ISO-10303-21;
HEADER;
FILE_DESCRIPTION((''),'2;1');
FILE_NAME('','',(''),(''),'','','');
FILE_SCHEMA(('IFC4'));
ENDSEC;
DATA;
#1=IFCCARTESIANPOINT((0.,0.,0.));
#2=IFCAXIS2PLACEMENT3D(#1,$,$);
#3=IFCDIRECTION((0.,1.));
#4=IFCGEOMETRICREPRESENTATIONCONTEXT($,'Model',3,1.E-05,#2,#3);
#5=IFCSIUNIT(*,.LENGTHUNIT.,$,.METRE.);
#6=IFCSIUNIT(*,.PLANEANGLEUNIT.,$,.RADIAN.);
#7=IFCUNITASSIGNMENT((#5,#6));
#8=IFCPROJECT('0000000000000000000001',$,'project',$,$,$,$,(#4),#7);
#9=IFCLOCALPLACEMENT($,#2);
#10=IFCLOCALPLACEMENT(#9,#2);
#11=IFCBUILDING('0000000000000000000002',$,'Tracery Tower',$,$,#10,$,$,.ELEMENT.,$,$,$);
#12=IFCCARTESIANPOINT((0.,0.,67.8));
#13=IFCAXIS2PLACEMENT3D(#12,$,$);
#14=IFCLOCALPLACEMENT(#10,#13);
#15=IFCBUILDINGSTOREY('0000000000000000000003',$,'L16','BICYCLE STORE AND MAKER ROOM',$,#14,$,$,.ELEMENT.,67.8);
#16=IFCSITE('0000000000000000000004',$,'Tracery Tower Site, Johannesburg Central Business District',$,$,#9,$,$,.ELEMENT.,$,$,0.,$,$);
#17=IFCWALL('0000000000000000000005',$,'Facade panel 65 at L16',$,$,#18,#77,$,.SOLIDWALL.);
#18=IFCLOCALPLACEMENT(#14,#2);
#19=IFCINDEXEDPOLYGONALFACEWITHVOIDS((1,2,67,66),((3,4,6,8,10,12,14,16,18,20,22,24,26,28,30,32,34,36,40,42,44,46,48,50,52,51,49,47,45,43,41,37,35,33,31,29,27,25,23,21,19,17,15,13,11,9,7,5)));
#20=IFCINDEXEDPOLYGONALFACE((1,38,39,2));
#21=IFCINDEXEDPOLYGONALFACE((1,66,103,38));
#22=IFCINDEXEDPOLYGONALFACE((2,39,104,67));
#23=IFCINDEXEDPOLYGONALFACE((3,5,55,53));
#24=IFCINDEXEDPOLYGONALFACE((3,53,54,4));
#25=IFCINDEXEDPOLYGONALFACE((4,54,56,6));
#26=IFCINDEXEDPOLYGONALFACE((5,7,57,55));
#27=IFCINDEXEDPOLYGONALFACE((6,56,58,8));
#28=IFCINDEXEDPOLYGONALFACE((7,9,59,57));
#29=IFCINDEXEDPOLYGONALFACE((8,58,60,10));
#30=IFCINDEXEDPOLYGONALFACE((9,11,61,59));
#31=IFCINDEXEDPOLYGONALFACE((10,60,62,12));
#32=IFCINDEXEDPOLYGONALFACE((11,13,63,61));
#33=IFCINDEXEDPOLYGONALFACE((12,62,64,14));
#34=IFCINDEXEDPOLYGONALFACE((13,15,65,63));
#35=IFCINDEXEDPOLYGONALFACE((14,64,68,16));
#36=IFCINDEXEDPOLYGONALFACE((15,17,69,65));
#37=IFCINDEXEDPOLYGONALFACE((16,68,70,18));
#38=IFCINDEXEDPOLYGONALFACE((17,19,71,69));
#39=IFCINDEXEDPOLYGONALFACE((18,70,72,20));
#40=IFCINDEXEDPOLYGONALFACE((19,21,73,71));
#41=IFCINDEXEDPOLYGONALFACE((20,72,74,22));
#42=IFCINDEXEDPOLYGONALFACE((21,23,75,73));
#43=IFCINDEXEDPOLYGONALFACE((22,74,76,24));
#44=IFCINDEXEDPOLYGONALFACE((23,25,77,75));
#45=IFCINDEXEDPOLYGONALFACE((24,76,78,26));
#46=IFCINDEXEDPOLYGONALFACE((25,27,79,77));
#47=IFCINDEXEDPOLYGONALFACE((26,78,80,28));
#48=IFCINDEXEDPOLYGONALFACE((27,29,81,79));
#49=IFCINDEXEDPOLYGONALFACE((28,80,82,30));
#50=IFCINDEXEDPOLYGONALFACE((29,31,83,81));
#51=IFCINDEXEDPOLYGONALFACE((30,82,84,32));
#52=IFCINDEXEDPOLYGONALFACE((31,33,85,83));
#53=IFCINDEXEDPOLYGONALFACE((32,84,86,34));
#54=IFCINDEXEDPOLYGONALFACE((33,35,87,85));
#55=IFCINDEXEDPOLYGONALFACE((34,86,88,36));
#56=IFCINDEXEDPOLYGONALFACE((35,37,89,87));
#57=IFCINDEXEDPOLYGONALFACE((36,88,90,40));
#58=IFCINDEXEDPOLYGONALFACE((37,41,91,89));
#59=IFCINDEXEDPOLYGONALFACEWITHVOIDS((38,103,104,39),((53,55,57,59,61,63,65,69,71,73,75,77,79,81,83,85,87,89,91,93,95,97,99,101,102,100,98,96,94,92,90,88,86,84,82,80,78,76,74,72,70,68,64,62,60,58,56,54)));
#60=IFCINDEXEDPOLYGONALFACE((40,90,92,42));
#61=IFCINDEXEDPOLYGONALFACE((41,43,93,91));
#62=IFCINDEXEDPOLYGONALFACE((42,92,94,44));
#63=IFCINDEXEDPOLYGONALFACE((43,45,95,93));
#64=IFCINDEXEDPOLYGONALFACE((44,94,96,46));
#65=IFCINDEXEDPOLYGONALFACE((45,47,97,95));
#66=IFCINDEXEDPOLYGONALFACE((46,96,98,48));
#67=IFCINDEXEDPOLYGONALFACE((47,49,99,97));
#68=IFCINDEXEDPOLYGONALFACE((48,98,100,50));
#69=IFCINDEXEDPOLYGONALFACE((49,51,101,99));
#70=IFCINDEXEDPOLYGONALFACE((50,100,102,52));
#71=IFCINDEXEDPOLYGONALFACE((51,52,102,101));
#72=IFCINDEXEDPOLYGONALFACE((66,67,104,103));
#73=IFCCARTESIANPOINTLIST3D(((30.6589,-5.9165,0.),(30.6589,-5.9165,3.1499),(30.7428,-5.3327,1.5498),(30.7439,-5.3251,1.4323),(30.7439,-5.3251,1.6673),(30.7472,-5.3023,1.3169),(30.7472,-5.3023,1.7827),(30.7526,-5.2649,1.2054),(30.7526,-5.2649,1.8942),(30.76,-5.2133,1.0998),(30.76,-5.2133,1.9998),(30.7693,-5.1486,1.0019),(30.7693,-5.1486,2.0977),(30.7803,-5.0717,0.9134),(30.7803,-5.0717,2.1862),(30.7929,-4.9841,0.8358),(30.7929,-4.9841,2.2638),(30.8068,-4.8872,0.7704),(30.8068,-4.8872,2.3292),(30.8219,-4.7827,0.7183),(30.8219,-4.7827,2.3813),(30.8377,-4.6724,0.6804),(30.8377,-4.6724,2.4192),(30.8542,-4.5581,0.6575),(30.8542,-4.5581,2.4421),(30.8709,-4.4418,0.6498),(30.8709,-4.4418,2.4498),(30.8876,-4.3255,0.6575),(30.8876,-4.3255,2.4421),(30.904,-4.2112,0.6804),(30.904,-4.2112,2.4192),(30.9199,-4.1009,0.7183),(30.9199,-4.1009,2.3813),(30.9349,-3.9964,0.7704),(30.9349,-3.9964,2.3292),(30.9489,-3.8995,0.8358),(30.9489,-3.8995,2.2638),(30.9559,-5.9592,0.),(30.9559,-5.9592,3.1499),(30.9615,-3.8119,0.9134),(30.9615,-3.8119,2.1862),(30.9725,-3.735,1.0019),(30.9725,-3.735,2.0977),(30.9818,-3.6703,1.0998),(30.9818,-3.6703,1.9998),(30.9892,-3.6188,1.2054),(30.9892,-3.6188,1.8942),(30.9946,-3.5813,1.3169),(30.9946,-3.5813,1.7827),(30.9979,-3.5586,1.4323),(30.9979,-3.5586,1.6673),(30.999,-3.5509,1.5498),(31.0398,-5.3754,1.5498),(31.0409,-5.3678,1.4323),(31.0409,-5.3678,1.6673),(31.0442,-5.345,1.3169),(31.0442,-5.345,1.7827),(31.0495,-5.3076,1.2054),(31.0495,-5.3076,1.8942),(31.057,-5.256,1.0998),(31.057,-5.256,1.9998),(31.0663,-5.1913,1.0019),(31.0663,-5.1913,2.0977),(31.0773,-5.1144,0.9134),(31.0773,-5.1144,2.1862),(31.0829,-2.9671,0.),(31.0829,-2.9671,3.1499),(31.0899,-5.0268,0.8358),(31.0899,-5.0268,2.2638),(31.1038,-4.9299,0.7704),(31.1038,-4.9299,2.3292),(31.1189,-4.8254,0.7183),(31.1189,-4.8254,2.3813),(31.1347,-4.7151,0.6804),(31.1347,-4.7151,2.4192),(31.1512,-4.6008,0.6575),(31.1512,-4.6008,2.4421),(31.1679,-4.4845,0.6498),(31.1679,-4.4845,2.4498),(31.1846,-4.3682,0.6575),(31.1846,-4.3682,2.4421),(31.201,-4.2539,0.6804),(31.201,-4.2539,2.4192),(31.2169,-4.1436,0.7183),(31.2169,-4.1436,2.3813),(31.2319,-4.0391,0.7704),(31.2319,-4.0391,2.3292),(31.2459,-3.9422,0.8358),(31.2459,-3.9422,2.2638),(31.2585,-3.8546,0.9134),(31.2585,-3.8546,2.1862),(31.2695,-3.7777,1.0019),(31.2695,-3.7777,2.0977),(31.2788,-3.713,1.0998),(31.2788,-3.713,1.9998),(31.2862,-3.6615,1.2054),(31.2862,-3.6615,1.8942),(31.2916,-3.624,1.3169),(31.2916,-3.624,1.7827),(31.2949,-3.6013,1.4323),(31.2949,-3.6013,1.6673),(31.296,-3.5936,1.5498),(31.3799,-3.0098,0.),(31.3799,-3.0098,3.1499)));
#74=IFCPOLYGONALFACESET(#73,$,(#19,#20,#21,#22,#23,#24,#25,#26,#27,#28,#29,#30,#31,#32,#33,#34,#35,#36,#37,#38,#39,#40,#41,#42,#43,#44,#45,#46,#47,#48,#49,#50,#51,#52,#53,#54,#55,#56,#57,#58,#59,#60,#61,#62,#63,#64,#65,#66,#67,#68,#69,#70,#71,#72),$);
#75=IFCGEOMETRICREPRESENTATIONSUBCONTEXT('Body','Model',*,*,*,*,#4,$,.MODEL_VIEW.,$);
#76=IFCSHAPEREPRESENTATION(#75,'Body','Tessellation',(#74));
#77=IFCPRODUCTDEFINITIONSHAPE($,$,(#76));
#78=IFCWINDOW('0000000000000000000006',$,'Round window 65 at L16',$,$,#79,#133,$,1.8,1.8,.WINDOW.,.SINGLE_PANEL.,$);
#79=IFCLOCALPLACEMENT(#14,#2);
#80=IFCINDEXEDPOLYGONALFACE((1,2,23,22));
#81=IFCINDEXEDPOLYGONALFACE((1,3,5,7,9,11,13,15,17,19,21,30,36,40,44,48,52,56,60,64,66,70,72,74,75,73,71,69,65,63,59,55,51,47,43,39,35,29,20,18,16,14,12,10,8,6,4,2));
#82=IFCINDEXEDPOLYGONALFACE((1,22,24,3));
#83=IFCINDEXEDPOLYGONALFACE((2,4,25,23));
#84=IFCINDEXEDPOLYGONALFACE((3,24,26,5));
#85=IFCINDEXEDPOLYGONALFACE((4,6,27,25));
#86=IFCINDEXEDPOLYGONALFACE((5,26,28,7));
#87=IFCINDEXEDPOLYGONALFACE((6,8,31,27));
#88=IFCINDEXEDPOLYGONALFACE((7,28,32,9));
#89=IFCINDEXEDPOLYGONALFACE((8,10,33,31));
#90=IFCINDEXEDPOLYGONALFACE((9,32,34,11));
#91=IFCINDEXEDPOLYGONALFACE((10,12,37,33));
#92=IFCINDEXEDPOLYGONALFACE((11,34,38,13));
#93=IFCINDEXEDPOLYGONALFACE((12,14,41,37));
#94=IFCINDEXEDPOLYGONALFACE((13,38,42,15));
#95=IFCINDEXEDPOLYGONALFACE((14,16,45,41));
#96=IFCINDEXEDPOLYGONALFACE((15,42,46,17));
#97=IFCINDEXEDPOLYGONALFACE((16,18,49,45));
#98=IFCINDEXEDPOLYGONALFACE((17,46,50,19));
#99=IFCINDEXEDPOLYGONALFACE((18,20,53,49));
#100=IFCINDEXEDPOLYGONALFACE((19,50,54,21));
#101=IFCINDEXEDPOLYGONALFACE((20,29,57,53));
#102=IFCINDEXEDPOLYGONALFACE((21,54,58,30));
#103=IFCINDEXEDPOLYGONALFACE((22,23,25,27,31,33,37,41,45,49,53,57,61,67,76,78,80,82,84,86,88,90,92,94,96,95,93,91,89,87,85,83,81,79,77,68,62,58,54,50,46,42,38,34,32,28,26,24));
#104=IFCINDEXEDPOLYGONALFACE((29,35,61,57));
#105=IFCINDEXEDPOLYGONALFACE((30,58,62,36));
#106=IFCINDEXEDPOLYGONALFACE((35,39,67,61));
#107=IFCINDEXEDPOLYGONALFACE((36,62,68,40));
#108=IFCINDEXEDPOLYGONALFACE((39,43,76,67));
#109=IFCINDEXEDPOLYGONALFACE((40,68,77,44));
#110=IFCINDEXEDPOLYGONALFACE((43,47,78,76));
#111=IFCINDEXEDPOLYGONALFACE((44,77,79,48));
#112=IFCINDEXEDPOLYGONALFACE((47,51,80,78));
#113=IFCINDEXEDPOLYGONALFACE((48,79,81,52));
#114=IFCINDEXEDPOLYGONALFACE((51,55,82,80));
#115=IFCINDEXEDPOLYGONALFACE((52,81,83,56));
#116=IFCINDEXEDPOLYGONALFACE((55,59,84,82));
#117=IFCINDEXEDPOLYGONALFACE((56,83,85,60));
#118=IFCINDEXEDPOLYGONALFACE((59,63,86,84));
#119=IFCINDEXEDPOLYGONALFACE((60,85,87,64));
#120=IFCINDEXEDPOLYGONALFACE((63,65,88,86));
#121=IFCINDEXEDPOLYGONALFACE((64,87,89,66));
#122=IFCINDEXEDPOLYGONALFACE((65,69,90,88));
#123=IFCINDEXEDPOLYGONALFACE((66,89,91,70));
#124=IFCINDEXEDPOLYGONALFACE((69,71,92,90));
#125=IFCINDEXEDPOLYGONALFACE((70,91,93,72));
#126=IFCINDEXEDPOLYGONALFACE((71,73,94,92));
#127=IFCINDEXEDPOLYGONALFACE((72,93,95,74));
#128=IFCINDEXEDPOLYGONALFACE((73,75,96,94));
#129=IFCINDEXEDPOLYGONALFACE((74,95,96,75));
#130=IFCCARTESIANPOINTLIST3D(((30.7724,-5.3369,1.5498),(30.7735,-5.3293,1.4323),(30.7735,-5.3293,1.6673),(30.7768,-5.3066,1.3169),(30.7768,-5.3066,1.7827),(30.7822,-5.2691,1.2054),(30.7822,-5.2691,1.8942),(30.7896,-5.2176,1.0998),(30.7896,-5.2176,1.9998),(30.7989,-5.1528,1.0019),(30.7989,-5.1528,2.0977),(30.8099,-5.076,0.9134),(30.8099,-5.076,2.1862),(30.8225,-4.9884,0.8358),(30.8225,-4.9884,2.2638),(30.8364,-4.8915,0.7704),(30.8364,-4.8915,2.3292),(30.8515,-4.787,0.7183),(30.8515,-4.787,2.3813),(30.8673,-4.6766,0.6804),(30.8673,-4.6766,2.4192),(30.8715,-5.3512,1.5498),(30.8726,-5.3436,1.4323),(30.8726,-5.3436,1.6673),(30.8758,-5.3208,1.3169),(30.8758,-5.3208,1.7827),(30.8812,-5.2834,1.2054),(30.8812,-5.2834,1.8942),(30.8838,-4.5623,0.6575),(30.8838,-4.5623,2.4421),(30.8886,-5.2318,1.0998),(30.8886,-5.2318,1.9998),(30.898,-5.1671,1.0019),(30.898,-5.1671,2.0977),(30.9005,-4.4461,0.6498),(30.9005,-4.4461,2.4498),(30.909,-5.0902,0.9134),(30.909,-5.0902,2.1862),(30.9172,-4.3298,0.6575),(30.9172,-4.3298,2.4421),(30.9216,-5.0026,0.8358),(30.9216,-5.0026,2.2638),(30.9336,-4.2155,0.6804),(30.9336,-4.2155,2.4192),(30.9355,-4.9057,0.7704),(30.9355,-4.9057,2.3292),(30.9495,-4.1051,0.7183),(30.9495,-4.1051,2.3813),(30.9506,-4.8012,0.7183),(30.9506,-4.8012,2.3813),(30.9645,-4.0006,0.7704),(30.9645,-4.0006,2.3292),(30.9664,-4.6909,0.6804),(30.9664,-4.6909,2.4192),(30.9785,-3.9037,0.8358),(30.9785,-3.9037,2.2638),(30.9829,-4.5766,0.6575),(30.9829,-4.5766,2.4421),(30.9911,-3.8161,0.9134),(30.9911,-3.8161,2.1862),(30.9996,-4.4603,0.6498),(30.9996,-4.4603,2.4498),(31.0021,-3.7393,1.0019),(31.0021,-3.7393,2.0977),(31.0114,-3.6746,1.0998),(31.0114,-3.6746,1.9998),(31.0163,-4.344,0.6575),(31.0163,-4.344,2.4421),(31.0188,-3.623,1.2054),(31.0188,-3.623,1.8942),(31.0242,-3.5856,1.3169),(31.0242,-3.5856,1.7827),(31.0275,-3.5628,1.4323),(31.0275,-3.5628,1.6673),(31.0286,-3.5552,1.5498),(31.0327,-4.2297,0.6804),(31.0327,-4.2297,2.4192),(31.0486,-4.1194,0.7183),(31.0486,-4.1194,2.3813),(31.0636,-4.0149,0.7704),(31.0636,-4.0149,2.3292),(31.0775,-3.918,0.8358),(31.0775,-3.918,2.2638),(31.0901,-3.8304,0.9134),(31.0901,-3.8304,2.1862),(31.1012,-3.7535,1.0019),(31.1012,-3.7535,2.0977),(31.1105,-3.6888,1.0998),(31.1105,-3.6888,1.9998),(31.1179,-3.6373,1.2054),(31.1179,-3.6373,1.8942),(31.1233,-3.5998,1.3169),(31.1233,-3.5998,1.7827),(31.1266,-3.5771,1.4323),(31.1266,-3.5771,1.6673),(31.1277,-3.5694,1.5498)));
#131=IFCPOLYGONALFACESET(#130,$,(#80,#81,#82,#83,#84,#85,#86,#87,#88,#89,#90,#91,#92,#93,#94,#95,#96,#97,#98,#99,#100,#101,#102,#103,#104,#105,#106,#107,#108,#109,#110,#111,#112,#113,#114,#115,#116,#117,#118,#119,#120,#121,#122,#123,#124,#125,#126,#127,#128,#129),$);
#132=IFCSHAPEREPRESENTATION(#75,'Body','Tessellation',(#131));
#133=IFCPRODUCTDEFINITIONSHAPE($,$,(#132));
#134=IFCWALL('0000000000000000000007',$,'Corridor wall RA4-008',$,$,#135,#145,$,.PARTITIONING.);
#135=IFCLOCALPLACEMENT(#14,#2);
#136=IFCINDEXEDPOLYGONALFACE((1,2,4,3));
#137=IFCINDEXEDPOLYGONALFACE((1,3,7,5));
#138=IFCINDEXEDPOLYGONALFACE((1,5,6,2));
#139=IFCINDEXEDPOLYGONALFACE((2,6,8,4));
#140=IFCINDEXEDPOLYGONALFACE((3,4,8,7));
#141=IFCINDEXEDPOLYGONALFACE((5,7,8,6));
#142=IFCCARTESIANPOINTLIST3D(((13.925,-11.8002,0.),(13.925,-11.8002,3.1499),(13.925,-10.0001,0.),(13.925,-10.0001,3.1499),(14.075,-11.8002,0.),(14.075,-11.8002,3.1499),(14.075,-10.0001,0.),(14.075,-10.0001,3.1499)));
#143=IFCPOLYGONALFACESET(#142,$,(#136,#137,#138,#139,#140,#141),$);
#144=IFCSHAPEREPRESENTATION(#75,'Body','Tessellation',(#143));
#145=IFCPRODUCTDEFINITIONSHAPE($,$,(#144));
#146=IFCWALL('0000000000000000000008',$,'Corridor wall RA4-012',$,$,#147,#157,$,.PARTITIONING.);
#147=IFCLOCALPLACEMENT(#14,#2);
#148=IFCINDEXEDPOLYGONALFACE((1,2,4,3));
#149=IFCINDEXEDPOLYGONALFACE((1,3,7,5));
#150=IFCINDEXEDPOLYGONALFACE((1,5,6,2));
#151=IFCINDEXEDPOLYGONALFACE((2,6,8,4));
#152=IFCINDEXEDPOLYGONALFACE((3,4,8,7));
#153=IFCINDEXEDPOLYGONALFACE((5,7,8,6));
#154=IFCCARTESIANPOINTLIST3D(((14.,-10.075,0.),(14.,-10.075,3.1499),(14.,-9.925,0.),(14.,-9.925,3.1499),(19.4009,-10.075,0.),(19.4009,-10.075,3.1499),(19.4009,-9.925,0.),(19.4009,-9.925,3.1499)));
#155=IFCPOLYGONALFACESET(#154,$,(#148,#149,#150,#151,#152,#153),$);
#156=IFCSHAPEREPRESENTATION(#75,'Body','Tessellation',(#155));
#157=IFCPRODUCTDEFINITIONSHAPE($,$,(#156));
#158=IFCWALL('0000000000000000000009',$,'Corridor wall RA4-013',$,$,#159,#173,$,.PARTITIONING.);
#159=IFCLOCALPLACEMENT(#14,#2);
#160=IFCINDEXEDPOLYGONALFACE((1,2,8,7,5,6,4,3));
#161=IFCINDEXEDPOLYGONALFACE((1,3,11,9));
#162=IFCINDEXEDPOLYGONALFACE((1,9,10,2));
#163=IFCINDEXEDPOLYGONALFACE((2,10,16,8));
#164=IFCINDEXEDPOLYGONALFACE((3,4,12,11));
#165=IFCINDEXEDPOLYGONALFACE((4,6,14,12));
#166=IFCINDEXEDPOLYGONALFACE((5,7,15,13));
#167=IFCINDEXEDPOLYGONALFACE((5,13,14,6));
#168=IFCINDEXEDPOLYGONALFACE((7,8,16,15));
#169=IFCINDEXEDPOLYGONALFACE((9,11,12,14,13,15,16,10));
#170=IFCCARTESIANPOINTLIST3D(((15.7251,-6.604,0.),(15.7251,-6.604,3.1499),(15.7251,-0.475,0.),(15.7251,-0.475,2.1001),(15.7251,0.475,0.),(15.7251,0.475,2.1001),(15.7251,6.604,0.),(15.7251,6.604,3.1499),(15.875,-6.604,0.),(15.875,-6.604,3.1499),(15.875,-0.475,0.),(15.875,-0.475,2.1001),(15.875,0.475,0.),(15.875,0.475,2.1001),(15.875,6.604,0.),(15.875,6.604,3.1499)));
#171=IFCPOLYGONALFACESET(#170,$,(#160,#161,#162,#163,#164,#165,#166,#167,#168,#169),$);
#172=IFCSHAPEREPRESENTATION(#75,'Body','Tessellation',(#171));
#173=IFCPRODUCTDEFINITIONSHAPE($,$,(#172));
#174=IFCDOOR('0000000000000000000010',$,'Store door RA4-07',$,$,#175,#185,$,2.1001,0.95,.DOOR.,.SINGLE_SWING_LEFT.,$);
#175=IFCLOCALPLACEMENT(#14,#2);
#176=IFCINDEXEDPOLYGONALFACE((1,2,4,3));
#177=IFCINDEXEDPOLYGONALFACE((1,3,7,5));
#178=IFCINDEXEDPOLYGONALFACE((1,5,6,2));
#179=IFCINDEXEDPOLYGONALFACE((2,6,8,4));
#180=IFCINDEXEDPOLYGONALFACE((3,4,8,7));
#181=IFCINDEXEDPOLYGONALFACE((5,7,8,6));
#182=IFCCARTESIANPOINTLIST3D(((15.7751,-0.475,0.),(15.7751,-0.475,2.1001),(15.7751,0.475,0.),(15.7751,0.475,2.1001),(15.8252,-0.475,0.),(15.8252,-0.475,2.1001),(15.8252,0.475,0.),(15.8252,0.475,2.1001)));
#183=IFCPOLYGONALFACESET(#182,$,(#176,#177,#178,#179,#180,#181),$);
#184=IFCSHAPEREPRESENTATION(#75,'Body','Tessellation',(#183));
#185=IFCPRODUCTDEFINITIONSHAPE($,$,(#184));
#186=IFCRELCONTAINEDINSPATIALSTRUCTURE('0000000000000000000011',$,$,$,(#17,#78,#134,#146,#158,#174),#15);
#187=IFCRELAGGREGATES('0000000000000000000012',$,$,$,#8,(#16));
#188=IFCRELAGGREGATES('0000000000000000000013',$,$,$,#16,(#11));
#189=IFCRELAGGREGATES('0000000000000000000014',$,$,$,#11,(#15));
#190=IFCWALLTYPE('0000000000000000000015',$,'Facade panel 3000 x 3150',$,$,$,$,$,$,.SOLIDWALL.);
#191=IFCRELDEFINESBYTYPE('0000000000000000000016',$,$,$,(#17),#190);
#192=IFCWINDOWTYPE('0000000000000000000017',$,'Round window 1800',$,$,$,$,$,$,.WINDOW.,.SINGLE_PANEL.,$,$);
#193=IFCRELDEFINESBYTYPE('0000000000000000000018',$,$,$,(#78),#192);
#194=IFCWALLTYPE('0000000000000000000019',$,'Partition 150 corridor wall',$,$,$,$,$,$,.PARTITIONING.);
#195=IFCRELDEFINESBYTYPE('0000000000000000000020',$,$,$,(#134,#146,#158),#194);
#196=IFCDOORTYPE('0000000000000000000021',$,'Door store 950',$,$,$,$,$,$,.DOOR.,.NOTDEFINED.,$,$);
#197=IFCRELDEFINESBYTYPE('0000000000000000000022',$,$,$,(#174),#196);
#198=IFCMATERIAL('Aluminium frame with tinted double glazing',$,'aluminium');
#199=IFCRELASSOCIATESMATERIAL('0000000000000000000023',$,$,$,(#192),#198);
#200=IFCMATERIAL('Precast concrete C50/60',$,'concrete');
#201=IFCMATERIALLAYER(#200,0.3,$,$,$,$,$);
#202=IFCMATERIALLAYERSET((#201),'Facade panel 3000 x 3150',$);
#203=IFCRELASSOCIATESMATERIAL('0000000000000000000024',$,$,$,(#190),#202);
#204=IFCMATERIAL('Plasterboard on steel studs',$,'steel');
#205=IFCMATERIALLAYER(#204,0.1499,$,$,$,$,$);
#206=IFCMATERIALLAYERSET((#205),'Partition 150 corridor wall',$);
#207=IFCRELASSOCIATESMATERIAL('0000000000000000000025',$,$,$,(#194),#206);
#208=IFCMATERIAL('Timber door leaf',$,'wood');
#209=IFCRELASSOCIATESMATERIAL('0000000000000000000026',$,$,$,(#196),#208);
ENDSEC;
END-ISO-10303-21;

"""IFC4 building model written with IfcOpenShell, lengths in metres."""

from ifc_helpers import new_model, si_unit, direction, frame, frame_2d, origin, origin_2d, place, context, subcontext, project, spatial, rectangle, circle, extrude, material, layer, layer_set, type_object, element, fill, save


model = new_model("IFC4")

# Units and contexts
model_context = context("Model", 3, precision=1e-05, world=origin(), true_north=direction((0.0, 1.0)))
body_context = subcontext(model_context, "Body", "Model", "MODEL_VIEW")
ifc_project = project(units=[si_unit("LENGTHUNIT", "METRE"), si_unit("PLANEANGLEUNIT", "RADIAN")], contexts=[model_context])

# Site, building, storey
site_placement = place(None, origin())
site = spatial("IfcSite", under=ifc_project, at=site_placement, Name="Tracery Tower Site, Johannesburg Central Business District", CompositionType="ELEMENT", RefElevation=0.0)
building_placement = place(site_placement, origin())
building = spatial("IfcBuilding", under=site, at=building_placement, Name="Tracery Tower", CompositionType="ELEMENT")
storey_placement = place(building_placement, frame((0.0, 0.0, 67.8)))
storey = spatial("IfcBuildingStorey", under=building, at=storey_placement, Name="L16", Description="BICYCLE STORE AND MAKER ROOM", CompositionType="ELEMENT", Elevation=67.8)

# Wall, opening, window
ifc_material_1 = material(Name="Aluminium frame with tinted double glazing", Category="aluminium")
window_type = type_object("IfcWindowType", Name="Round window 1800", PartitioningType="SINGLE_PANEL", PredefinedType="WINDOW", material=ifc_material_1)
ifc_material_2 = material(Name="Precast concrete C50/60", Category="concrete")
ifc_layer_1 = layer(ifc_material_2, 0.3)
ifc_layer_set_1 = layer_set([ifc_layer_1], Name="Facade panel 3000 x 3150")
wall_type_1 = type_object("IfcWallType", Name="Facade panel 3000 x 3150", PredefinedType="SOLIDWALL", material=ifc_layer_set_1)
wall_1_placement = place(storey_placement, frame((30.8074, -5.9377, 0.0), z_axis=(0.0, 0.0, 1.0), x_axis=(0.142316, 0.989821, 0.0)))
wall_1 = element("IfcWall", 1, at=wall_1_placement, inside=storey, type_object=wall_type_1, Name="Facade panel 65 at L16", PredefinedType="SOLIDWALL", context=body_context, shape_type="SweptSolid", body=[
    extrude(rectangle(XDim=2.9797, YDim=0.3, at=frame_2d((1.4897, 0.0))), origin(), (0.0, 0.0, 1.0), 3.1499),
])
opening_1_placement = place(wall_1_placement, frame((1.4897, 0.0, 1.5498)))
opening_1 = element("IfcOpeningElement", 2, at=opening_1_placement, cuts=wall_1, PredefinedType="OPENING", context=body_context, shape_type="SweptSolid", body=[
    extrude(circle(Radius=0.9, at=origin_2d()), frame((0.0, 0.1599, 0.0), z_axis=(0.0, -1.0, 0.0), x_axis=(1.0, 0.0, 0.0)), (0.0, 0.0, 1.0), 0.3201),
])
window_1_placement = place(opening_1_placement, origin())
window_1 = element("IfcWindow", 3, at=window_1_placement, inside=storey, type_object=window_type, Name="Round window 65 at L16", OverallHeight=1.8, OverallWidth=1.8, PartitioningType="SINGLE_PANEL", PredefinedType="WINDOW", context=body_context, shape_type="SweptSolid", body=[
    extrude(circle(Radius=0.9, at=origin_2d()), frame((0.0, 0.1201, 0.0), z_axis=(0.0, -1.0, 0.0), x_axis=(1.0, 0.0, 0.0)), (0.0, 0.0, 1.0), 0.1001),
])
fill(opening_1, window_1)

# Walls
ifc_material_3 = material(Name="Plasterboard on steel studs", Category="steel")
ifc_layer_2 = layer(ifc_material_3, 0.1499)
ifc_layer_set_2 = layer_set([ifc_layer_2], Name="Partition 150 corridor wall")
wall_type_2 = type_object("IfcWallType", Name="Partition 150 corridor wall", PredefinedType="PARTITIONING", material=ifc_layer_set_2)
wall_2_placement = place(storey_placement, frame((14.0, -11.8, 0.0), z_axis=(0.0, 0.0, 1.0), x_axis=(0.0, 1.0, 0.0)))
element("IfcWall", 4, at=wall_2_placement, inside=storey, type_object=wall_type_2, Name="Corridor wall RA4-008", PredefinedType="PARTITIONING", context=body_context, shape_type="SweptSolid", body=[
    extrude(rectangle(XDim=1.8, YDim=0.1499, at=frame_2d((0.8999, 0.0))), origin(), (0.0, 0.0, 1.0), 3.1499),
])
wall_3_placement = place(storey_placement, frame((14.0, -10.0, 0.0), z_axis=(0.0, 0.0, 1.0), x_axis=(1.0, 0.0, 0.0)))
element("IfcWall", 5, at=wall_3_placement, inside=storey, type_object=wall_type_2, Name="Corridor wall RA4-012", PredefinedType="PARTITIONING", context=body_context, shape_type="SweptSolid", body=[
    extrude(rectangle(XDim=5.4009, YDim=0.1499, at=frame_2d((2.7004, 0.0))), origin(), (0.0, 0.0, 1.0), 3.1499),
])

# Wall, opening, door
wall_4_placement = place(storey_placement, frame((15.8, -6.604, 0.0), z_axis=(0.0, 0.0, 1.0), x_axis=(0.0, 1.0, 0.0)))
wall_4 = element("IfcWall", 6, at=wall_4_placement, inside=storey, type_object=wall_type_2, Name="Corridor wall RA4-013", PredefinedType="PARTITIONING", context=body_context, shape_type="SweptSolid", body=[
    extrude(rectangle(XDim=13.208, YDim=0.1499, at=frame_2d((6.604, 0.0))), origin(), (0.0, 0.0, 1.0), 3.1499),
])
opening_2_placement = place(wall_4_placement, frame((6.1289, 0.0, 0.0)))
opening_2 = element("IfcOpeningElement", 7, at=opening_2_placement, cuts=wall_4, PredefinedType="OPENING", context=body_context, shape_type="SweptSolid", body=[
    extrude(rectangle(XDim=0.95, YDim=2.1001, at=frame_2d((0.4751, 1.05))), frame((0.0, 0.075, 0.0), z_axis=(0.0, -1.0, 0.0), x_axis=(1.0, 0.0, 0.0)), (0.0, 0.0, 1.0), 0.1499),
])
ifc_material_4 = material(Name="Timber door leaf", Category="wood")
door_type_1 = type_object("IfcDoorType", Name="Door store 950", OperationType="NOTDEFINED", PredefinedType="DOOR", material=ifc_material_4)
door_1_placement = place(opening_2_placement, origin())
door_1 = element("IfcDoor", 8, at=door_1_placement, inside=storey, type_object=door_type_1, Name="Store door RA4-07", OperationType="SINGLE_SWING_LEFT", OverallHeight=2.1001, OverallWidth=0.95, PredefinedType="DOOR", context=body_context, shape_type="SweptSolid", body=[
    extrude(rectangle(XDim=0.95, YDim=2.1001, at=frame_2d((0.4751, 1.05))), frame((0.0, 0.0249, 0.0), z_axis=(0.0, -1.0, 0.0), x_axis=(1.0, 0.0, 0.0)), (0.0, 0.0, 1.0), 0.05),
])
fill(opening_2, door_1)

save(model, "model.ifc")
